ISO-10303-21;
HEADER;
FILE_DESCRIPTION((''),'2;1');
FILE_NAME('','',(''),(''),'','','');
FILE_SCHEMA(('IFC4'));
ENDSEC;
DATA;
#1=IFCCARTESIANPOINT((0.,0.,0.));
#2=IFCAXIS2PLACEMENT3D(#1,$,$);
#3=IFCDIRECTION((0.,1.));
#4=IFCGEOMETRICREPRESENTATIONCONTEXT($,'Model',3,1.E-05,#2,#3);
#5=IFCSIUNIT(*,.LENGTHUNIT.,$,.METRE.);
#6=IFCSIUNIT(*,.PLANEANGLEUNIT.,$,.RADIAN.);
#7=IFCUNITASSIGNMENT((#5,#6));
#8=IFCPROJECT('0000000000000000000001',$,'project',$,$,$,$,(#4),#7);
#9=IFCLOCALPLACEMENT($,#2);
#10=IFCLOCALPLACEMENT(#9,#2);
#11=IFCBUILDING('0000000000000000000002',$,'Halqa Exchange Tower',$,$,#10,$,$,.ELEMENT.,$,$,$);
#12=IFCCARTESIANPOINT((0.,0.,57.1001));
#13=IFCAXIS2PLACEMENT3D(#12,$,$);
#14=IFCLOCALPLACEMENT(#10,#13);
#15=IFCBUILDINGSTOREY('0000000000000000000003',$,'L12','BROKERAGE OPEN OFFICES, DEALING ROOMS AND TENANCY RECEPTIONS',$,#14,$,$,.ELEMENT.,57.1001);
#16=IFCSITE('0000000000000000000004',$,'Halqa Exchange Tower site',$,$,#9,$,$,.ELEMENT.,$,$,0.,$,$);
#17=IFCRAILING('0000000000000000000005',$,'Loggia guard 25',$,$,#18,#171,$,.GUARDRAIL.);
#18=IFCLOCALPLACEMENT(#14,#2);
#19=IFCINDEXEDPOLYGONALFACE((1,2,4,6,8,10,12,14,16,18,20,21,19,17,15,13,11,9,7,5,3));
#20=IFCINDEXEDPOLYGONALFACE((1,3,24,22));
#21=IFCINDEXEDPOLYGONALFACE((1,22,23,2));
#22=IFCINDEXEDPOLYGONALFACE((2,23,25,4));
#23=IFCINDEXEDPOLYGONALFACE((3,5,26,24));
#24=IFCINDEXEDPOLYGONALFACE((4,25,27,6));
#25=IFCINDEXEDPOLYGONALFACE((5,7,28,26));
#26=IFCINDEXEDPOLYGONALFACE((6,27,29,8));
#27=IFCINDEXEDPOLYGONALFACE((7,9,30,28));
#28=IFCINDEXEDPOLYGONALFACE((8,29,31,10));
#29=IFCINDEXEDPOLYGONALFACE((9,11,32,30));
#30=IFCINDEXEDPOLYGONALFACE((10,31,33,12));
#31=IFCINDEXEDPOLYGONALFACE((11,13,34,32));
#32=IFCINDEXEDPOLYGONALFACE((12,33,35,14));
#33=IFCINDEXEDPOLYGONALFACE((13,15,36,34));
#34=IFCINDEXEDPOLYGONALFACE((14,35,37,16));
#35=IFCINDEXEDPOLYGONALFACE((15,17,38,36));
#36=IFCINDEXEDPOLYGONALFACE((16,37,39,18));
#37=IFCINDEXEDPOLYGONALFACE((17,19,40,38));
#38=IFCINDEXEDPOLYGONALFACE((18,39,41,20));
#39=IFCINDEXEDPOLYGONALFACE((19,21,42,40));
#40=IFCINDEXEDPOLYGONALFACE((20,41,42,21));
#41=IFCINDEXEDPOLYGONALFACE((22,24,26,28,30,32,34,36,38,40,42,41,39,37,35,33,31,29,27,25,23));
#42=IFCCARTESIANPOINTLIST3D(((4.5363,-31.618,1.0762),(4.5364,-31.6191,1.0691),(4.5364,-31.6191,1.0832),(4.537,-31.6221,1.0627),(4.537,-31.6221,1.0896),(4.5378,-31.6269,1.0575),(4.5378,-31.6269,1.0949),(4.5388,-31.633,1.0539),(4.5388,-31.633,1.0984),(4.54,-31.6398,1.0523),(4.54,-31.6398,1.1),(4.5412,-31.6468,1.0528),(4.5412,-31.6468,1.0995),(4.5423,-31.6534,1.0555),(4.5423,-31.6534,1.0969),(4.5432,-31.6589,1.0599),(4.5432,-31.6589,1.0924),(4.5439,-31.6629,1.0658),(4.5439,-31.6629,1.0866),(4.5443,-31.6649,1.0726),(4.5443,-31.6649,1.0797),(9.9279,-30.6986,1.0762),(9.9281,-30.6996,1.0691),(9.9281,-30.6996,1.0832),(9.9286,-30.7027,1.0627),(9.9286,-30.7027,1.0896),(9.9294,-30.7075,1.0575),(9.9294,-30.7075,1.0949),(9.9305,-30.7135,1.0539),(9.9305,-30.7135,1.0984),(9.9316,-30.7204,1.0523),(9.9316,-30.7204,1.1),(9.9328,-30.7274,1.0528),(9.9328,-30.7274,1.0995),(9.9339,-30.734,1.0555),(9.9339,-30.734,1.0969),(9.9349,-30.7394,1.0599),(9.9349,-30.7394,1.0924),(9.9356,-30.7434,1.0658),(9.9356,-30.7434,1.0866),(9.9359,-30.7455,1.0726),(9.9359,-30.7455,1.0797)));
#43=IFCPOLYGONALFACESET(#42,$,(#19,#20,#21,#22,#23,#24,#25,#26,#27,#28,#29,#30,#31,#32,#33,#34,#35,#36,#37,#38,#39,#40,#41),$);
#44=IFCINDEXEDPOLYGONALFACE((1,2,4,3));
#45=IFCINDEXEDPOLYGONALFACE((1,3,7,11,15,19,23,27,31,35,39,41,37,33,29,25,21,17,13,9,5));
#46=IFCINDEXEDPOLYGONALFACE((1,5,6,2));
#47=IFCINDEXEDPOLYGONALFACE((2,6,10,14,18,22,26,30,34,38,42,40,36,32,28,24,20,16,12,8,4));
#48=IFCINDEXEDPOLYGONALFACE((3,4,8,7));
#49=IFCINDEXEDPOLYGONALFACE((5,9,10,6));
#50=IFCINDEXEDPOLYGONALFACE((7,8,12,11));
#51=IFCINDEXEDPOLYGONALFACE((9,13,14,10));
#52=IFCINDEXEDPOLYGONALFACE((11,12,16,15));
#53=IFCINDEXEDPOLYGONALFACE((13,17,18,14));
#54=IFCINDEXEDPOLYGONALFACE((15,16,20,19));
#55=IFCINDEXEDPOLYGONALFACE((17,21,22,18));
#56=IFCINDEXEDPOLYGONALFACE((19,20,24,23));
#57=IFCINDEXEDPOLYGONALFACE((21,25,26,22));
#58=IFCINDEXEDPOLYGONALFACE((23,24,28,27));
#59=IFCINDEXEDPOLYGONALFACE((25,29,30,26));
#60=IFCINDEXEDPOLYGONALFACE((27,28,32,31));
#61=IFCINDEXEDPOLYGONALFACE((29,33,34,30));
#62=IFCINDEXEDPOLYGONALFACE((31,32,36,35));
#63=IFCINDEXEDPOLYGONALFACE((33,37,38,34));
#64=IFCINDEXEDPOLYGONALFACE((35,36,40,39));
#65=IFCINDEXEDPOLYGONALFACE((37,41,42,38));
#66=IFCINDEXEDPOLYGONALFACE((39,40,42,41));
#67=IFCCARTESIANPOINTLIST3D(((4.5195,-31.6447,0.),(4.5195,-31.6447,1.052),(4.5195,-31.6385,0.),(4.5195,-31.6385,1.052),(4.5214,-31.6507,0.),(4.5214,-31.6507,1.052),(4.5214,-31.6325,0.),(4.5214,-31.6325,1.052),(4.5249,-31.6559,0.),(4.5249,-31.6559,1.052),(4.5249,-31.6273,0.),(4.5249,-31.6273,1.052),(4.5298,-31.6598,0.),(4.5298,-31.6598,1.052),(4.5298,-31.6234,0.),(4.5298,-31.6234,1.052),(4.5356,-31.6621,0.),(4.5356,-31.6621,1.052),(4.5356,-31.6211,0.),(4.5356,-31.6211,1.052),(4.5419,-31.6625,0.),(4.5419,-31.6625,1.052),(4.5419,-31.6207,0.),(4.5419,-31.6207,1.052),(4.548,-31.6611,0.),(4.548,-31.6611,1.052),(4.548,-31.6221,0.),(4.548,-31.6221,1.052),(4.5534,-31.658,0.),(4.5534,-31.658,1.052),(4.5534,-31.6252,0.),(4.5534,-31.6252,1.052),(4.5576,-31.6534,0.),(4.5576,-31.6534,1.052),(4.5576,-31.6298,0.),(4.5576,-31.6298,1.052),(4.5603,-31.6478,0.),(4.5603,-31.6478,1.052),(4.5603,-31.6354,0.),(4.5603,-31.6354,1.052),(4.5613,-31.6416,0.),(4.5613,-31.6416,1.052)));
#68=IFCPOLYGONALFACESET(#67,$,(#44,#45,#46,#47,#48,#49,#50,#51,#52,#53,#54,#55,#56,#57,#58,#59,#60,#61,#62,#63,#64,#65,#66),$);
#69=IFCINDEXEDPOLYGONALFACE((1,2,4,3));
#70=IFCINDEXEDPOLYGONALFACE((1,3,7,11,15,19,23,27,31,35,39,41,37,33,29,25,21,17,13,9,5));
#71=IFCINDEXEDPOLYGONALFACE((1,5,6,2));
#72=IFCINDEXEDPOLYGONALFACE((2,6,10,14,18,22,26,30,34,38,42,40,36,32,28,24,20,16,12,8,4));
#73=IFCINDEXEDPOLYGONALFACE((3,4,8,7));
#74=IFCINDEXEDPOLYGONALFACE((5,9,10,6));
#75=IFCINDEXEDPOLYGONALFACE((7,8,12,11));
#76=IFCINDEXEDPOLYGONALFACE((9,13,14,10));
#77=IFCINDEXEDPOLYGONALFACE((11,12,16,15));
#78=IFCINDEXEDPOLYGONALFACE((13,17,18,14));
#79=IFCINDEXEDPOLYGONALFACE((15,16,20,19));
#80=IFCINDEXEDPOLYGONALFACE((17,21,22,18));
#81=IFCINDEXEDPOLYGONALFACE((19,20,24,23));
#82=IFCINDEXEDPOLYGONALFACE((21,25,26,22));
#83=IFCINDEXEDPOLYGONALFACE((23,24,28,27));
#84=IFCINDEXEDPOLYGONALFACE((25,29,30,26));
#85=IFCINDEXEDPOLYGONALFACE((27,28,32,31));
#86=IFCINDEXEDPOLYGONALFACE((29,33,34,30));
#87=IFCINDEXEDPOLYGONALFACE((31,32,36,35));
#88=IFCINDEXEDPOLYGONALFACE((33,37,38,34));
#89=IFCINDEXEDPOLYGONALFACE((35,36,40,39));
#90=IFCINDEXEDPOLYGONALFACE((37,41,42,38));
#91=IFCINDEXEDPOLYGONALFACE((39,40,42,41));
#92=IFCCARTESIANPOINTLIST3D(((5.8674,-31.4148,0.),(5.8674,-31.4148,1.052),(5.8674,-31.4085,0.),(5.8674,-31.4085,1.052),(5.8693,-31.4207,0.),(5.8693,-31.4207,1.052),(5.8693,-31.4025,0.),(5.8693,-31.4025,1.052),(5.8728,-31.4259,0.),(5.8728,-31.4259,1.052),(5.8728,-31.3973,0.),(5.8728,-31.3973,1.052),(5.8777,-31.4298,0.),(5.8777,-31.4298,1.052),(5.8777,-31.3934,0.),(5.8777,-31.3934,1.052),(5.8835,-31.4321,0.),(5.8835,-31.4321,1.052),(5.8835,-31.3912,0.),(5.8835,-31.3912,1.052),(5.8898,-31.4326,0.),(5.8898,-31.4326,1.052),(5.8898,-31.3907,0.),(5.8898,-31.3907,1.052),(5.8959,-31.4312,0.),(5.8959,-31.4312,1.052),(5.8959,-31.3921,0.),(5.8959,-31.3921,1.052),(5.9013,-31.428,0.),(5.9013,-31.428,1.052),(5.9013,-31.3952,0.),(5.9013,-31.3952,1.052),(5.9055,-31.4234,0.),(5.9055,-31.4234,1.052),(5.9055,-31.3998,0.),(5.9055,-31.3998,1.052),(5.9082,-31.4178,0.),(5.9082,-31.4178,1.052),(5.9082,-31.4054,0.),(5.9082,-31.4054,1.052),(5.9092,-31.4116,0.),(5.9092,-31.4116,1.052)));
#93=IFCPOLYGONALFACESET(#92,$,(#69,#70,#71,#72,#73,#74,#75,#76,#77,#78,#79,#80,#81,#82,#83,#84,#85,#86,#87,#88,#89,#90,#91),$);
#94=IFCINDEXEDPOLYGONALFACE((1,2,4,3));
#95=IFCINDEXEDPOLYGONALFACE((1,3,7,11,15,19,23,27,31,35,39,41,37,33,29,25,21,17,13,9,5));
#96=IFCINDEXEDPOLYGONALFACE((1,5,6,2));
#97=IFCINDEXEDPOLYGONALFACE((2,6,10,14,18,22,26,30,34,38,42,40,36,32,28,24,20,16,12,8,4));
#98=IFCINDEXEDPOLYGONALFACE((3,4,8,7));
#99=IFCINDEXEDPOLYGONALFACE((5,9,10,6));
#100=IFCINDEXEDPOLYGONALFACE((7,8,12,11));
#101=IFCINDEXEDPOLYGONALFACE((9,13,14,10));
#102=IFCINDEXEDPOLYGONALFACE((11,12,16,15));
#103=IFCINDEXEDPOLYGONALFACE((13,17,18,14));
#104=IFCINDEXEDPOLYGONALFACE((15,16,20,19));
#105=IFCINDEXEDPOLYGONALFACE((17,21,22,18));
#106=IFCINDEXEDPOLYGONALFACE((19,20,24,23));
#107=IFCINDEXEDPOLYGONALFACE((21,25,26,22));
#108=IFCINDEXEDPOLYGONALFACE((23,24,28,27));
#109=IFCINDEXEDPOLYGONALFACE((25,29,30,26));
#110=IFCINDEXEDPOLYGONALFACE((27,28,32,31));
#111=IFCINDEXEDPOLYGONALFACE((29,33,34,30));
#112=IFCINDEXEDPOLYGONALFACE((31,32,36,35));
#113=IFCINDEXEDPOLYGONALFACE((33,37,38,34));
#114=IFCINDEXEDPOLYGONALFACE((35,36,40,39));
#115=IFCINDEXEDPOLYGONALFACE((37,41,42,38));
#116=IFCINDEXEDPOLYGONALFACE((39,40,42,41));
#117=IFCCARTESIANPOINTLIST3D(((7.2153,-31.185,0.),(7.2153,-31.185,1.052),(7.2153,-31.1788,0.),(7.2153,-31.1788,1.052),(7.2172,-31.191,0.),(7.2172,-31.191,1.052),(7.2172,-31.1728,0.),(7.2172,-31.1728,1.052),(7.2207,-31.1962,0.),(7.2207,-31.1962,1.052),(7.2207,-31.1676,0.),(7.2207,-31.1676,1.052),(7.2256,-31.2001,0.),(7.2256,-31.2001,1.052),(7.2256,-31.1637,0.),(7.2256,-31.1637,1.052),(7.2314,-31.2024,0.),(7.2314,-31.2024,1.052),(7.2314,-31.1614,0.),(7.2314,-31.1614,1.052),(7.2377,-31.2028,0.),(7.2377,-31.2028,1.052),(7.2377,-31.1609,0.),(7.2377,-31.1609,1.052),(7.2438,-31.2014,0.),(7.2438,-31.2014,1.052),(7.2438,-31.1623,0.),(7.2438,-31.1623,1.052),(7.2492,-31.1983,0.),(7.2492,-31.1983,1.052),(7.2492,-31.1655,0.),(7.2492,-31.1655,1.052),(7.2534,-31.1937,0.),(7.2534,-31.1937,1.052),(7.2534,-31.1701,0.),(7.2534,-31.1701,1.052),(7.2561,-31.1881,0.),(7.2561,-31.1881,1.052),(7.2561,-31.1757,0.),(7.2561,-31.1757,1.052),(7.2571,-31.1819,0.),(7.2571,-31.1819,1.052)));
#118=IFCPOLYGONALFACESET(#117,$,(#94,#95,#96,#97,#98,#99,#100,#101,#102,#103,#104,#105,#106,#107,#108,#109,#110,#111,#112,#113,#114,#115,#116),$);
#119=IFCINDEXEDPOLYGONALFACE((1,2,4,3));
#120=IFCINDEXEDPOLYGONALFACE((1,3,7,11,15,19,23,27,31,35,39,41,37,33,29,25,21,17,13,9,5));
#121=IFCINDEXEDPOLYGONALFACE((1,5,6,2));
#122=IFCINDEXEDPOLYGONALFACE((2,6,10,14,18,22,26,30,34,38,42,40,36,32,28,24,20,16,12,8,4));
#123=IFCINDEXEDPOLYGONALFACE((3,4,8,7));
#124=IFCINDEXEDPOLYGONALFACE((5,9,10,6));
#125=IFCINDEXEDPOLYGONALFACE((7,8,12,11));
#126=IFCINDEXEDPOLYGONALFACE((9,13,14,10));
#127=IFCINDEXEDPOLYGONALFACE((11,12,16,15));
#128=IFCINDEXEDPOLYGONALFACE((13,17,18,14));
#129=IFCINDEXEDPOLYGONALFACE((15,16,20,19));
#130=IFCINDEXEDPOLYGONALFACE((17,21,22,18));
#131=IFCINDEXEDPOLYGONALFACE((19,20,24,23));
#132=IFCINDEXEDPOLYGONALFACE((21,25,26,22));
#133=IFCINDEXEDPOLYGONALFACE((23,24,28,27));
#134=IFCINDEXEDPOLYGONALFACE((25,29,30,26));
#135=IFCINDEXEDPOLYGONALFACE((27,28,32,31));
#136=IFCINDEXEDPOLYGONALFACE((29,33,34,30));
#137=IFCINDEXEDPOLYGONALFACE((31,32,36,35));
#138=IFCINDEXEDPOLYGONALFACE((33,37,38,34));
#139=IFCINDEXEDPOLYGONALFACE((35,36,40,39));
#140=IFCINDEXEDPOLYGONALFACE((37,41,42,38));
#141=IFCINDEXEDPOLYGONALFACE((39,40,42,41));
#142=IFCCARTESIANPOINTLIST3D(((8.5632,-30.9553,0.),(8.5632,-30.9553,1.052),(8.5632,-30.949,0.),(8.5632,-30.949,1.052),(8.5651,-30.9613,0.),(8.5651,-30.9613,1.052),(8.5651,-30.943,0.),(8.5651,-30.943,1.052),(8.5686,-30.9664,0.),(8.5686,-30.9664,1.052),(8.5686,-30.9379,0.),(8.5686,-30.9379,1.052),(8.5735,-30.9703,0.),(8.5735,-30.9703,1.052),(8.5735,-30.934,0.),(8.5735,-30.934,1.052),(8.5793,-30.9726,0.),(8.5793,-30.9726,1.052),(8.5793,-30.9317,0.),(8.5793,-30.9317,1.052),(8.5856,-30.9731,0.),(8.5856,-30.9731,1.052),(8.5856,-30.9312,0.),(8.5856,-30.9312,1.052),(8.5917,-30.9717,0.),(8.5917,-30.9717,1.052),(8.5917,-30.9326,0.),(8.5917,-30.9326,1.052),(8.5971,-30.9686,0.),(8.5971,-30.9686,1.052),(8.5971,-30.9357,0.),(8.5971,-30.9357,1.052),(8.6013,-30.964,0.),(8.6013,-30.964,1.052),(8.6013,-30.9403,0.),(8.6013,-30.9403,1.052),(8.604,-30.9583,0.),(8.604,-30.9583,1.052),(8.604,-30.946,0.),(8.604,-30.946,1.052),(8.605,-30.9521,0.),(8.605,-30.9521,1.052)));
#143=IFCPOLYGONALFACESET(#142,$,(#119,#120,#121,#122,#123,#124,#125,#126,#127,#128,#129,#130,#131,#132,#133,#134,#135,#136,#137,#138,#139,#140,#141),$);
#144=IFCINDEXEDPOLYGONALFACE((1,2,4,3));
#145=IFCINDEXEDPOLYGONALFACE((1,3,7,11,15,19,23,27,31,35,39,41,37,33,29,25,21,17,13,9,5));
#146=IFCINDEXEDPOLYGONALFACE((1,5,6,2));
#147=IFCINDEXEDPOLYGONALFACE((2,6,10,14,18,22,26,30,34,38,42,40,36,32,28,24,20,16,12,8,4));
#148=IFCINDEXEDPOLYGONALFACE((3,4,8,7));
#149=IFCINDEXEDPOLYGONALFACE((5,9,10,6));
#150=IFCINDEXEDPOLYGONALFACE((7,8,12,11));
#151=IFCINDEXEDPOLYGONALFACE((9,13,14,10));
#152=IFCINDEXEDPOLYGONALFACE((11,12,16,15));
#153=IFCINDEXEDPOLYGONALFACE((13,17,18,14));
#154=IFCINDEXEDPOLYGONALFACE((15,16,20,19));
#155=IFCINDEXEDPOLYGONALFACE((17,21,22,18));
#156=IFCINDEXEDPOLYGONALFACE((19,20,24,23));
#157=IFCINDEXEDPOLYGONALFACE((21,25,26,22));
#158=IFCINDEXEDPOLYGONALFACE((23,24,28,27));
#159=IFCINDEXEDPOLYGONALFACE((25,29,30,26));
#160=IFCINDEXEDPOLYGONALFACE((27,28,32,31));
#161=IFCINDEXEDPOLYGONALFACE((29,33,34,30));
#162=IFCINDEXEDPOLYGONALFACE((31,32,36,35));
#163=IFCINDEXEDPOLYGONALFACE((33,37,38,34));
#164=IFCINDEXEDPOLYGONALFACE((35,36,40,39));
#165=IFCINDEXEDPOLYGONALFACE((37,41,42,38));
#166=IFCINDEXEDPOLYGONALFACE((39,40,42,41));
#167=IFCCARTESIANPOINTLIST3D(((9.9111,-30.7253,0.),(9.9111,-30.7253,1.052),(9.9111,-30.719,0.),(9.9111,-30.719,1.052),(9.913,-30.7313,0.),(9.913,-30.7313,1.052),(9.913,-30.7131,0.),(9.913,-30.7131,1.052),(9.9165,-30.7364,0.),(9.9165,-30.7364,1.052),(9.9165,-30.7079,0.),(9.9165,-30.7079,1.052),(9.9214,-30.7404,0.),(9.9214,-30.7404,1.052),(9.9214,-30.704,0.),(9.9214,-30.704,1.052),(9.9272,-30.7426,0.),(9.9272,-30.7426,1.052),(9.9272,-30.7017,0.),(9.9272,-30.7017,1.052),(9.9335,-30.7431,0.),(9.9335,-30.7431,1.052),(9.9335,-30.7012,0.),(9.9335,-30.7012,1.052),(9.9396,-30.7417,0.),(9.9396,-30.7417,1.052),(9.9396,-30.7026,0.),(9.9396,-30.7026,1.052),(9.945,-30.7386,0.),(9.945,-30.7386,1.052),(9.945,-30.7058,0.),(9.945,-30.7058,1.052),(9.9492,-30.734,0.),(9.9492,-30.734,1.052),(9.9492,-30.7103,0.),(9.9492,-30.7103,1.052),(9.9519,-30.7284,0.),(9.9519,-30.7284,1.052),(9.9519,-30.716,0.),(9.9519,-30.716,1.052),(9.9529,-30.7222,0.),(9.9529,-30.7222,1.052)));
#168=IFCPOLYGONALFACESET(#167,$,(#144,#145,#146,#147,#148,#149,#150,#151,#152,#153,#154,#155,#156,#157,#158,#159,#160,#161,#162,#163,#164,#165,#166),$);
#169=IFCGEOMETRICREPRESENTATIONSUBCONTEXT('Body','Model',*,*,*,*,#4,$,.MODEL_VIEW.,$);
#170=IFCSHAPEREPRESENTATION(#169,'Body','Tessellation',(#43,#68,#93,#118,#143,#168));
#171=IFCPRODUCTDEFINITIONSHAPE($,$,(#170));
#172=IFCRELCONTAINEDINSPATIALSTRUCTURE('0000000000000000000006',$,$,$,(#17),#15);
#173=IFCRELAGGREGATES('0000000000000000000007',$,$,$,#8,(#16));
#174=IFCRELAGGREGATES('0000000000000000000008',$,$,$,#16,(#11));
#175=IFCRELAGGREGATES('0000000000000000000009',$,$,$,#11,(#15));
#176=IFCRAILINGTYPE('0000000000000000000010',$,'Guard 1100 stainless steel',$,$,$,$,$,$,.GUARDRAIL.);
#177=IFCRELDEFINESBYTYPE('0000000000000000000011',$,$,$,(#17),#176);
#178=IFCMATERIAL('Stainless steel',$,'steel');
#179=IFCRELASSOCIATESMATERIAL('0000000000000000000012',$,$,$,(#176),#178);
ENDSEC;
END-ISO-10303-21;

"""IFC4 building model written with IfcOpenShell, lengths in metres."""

from ifc_helpers import new_model, si_unit, direction, frame, origin, origin_2d, place, context, subcontext, project, spatial, circle, extrude, material, type_object, element, save


model = new_model("IFC4")

# Units and contexts
model_context = context("Model", 3, precision=1e-05, world=origin(), true_north=direction((0.0, 1.0)))
body_context = subcontext(model_context, "Body", "Model", "MODEL_VIEW")
ifc_project = project(units=[si_unit("LENGTHUNIT", "METRE"), si_unit("PLANEANGLEUNIT", "RADIAN")], contexts=[model_context])

# Site, building, storey
site_placement = place(None, origin())
site = spatial("IfcSite", under=ifc_project, at=site_placement, Name="Halqa Exchange Tower site", CompositionType="ELEMENT", RefElevation=0.0)
building_placement = place(site_placement, origin())
building = spatial("IfcBuilding", under=site, at=building_placement, Name="Halqa Exchange Tower", CompositionType="ELEMENT")
storey_placement = place(building_placement, frame((0.0, 0.0, 57.1001)))
storey = spatial("IfcBuildingStorey", under=building, at=storey_placement, Name="L12", Description="BROKERAGE OPEN OFFICES, DEALING ROOMS AND TENANCY RECEPTIONS", CompositionType="ELEMENT", Elevation=57.1001)

# Railing
ifc_material_1 = material(Name="Stainless steel", Category="steel")
railing_type = type_object("IfcRailingType", Name="Guard 1100 stainless steel", PredefinedType="GUARDRAIL", material=ifc_material_1)
railing_1_placement = place(storey_placement, frame((4.5403, -31.6416, 0.0)))
element("IfcRailing", 1, at=railing_1_placement, inside=storey, type_object=railing_type, Name="Loggia guard 25", PredefinedType="GUARDRAIL", context=body_context, shape_type="SweptSolid", body=[
    extrude(circle(Radius=0.0239, at=origin_2d()), frame((0.0, 0.0, 1.0762), z_axis=(0.985769, 0.168104, 0.0), x_axis=(-0.168104, 0.985769, 0.0)), (0.0, 0.0, 1.0), 5.4695),
    extrude(circle(Radius=0.021, at=origin_2d()), origin(), (0.0, 0.0, 1.0), 1.052),
    extrude(circle(Radius=0.021, at=origin_2d()), frame((1.3479, 0.23, 0.0)), (0.0, 0.0, 1.0), 1.052),
    extrude(circle(Radius=0.021, at=origin_2d()), frame((2.6958, 0.4597, 0.0)), (0.0, 0.0, 1.0), 1.052),
    extrude(circle(Radius=0.021, at=origin_2d()), frame((4.0437, 0.6895, 0.0)), (0.0, 0.0, 1.0), 1.052),
    extrude(circle(Radius=0.021, at=origin_2d()), frame((5.3916, 0.9194, 0.0)), (0.0, 0.0, 1.0), 1.052),
])

save(model, "model.ifc")
